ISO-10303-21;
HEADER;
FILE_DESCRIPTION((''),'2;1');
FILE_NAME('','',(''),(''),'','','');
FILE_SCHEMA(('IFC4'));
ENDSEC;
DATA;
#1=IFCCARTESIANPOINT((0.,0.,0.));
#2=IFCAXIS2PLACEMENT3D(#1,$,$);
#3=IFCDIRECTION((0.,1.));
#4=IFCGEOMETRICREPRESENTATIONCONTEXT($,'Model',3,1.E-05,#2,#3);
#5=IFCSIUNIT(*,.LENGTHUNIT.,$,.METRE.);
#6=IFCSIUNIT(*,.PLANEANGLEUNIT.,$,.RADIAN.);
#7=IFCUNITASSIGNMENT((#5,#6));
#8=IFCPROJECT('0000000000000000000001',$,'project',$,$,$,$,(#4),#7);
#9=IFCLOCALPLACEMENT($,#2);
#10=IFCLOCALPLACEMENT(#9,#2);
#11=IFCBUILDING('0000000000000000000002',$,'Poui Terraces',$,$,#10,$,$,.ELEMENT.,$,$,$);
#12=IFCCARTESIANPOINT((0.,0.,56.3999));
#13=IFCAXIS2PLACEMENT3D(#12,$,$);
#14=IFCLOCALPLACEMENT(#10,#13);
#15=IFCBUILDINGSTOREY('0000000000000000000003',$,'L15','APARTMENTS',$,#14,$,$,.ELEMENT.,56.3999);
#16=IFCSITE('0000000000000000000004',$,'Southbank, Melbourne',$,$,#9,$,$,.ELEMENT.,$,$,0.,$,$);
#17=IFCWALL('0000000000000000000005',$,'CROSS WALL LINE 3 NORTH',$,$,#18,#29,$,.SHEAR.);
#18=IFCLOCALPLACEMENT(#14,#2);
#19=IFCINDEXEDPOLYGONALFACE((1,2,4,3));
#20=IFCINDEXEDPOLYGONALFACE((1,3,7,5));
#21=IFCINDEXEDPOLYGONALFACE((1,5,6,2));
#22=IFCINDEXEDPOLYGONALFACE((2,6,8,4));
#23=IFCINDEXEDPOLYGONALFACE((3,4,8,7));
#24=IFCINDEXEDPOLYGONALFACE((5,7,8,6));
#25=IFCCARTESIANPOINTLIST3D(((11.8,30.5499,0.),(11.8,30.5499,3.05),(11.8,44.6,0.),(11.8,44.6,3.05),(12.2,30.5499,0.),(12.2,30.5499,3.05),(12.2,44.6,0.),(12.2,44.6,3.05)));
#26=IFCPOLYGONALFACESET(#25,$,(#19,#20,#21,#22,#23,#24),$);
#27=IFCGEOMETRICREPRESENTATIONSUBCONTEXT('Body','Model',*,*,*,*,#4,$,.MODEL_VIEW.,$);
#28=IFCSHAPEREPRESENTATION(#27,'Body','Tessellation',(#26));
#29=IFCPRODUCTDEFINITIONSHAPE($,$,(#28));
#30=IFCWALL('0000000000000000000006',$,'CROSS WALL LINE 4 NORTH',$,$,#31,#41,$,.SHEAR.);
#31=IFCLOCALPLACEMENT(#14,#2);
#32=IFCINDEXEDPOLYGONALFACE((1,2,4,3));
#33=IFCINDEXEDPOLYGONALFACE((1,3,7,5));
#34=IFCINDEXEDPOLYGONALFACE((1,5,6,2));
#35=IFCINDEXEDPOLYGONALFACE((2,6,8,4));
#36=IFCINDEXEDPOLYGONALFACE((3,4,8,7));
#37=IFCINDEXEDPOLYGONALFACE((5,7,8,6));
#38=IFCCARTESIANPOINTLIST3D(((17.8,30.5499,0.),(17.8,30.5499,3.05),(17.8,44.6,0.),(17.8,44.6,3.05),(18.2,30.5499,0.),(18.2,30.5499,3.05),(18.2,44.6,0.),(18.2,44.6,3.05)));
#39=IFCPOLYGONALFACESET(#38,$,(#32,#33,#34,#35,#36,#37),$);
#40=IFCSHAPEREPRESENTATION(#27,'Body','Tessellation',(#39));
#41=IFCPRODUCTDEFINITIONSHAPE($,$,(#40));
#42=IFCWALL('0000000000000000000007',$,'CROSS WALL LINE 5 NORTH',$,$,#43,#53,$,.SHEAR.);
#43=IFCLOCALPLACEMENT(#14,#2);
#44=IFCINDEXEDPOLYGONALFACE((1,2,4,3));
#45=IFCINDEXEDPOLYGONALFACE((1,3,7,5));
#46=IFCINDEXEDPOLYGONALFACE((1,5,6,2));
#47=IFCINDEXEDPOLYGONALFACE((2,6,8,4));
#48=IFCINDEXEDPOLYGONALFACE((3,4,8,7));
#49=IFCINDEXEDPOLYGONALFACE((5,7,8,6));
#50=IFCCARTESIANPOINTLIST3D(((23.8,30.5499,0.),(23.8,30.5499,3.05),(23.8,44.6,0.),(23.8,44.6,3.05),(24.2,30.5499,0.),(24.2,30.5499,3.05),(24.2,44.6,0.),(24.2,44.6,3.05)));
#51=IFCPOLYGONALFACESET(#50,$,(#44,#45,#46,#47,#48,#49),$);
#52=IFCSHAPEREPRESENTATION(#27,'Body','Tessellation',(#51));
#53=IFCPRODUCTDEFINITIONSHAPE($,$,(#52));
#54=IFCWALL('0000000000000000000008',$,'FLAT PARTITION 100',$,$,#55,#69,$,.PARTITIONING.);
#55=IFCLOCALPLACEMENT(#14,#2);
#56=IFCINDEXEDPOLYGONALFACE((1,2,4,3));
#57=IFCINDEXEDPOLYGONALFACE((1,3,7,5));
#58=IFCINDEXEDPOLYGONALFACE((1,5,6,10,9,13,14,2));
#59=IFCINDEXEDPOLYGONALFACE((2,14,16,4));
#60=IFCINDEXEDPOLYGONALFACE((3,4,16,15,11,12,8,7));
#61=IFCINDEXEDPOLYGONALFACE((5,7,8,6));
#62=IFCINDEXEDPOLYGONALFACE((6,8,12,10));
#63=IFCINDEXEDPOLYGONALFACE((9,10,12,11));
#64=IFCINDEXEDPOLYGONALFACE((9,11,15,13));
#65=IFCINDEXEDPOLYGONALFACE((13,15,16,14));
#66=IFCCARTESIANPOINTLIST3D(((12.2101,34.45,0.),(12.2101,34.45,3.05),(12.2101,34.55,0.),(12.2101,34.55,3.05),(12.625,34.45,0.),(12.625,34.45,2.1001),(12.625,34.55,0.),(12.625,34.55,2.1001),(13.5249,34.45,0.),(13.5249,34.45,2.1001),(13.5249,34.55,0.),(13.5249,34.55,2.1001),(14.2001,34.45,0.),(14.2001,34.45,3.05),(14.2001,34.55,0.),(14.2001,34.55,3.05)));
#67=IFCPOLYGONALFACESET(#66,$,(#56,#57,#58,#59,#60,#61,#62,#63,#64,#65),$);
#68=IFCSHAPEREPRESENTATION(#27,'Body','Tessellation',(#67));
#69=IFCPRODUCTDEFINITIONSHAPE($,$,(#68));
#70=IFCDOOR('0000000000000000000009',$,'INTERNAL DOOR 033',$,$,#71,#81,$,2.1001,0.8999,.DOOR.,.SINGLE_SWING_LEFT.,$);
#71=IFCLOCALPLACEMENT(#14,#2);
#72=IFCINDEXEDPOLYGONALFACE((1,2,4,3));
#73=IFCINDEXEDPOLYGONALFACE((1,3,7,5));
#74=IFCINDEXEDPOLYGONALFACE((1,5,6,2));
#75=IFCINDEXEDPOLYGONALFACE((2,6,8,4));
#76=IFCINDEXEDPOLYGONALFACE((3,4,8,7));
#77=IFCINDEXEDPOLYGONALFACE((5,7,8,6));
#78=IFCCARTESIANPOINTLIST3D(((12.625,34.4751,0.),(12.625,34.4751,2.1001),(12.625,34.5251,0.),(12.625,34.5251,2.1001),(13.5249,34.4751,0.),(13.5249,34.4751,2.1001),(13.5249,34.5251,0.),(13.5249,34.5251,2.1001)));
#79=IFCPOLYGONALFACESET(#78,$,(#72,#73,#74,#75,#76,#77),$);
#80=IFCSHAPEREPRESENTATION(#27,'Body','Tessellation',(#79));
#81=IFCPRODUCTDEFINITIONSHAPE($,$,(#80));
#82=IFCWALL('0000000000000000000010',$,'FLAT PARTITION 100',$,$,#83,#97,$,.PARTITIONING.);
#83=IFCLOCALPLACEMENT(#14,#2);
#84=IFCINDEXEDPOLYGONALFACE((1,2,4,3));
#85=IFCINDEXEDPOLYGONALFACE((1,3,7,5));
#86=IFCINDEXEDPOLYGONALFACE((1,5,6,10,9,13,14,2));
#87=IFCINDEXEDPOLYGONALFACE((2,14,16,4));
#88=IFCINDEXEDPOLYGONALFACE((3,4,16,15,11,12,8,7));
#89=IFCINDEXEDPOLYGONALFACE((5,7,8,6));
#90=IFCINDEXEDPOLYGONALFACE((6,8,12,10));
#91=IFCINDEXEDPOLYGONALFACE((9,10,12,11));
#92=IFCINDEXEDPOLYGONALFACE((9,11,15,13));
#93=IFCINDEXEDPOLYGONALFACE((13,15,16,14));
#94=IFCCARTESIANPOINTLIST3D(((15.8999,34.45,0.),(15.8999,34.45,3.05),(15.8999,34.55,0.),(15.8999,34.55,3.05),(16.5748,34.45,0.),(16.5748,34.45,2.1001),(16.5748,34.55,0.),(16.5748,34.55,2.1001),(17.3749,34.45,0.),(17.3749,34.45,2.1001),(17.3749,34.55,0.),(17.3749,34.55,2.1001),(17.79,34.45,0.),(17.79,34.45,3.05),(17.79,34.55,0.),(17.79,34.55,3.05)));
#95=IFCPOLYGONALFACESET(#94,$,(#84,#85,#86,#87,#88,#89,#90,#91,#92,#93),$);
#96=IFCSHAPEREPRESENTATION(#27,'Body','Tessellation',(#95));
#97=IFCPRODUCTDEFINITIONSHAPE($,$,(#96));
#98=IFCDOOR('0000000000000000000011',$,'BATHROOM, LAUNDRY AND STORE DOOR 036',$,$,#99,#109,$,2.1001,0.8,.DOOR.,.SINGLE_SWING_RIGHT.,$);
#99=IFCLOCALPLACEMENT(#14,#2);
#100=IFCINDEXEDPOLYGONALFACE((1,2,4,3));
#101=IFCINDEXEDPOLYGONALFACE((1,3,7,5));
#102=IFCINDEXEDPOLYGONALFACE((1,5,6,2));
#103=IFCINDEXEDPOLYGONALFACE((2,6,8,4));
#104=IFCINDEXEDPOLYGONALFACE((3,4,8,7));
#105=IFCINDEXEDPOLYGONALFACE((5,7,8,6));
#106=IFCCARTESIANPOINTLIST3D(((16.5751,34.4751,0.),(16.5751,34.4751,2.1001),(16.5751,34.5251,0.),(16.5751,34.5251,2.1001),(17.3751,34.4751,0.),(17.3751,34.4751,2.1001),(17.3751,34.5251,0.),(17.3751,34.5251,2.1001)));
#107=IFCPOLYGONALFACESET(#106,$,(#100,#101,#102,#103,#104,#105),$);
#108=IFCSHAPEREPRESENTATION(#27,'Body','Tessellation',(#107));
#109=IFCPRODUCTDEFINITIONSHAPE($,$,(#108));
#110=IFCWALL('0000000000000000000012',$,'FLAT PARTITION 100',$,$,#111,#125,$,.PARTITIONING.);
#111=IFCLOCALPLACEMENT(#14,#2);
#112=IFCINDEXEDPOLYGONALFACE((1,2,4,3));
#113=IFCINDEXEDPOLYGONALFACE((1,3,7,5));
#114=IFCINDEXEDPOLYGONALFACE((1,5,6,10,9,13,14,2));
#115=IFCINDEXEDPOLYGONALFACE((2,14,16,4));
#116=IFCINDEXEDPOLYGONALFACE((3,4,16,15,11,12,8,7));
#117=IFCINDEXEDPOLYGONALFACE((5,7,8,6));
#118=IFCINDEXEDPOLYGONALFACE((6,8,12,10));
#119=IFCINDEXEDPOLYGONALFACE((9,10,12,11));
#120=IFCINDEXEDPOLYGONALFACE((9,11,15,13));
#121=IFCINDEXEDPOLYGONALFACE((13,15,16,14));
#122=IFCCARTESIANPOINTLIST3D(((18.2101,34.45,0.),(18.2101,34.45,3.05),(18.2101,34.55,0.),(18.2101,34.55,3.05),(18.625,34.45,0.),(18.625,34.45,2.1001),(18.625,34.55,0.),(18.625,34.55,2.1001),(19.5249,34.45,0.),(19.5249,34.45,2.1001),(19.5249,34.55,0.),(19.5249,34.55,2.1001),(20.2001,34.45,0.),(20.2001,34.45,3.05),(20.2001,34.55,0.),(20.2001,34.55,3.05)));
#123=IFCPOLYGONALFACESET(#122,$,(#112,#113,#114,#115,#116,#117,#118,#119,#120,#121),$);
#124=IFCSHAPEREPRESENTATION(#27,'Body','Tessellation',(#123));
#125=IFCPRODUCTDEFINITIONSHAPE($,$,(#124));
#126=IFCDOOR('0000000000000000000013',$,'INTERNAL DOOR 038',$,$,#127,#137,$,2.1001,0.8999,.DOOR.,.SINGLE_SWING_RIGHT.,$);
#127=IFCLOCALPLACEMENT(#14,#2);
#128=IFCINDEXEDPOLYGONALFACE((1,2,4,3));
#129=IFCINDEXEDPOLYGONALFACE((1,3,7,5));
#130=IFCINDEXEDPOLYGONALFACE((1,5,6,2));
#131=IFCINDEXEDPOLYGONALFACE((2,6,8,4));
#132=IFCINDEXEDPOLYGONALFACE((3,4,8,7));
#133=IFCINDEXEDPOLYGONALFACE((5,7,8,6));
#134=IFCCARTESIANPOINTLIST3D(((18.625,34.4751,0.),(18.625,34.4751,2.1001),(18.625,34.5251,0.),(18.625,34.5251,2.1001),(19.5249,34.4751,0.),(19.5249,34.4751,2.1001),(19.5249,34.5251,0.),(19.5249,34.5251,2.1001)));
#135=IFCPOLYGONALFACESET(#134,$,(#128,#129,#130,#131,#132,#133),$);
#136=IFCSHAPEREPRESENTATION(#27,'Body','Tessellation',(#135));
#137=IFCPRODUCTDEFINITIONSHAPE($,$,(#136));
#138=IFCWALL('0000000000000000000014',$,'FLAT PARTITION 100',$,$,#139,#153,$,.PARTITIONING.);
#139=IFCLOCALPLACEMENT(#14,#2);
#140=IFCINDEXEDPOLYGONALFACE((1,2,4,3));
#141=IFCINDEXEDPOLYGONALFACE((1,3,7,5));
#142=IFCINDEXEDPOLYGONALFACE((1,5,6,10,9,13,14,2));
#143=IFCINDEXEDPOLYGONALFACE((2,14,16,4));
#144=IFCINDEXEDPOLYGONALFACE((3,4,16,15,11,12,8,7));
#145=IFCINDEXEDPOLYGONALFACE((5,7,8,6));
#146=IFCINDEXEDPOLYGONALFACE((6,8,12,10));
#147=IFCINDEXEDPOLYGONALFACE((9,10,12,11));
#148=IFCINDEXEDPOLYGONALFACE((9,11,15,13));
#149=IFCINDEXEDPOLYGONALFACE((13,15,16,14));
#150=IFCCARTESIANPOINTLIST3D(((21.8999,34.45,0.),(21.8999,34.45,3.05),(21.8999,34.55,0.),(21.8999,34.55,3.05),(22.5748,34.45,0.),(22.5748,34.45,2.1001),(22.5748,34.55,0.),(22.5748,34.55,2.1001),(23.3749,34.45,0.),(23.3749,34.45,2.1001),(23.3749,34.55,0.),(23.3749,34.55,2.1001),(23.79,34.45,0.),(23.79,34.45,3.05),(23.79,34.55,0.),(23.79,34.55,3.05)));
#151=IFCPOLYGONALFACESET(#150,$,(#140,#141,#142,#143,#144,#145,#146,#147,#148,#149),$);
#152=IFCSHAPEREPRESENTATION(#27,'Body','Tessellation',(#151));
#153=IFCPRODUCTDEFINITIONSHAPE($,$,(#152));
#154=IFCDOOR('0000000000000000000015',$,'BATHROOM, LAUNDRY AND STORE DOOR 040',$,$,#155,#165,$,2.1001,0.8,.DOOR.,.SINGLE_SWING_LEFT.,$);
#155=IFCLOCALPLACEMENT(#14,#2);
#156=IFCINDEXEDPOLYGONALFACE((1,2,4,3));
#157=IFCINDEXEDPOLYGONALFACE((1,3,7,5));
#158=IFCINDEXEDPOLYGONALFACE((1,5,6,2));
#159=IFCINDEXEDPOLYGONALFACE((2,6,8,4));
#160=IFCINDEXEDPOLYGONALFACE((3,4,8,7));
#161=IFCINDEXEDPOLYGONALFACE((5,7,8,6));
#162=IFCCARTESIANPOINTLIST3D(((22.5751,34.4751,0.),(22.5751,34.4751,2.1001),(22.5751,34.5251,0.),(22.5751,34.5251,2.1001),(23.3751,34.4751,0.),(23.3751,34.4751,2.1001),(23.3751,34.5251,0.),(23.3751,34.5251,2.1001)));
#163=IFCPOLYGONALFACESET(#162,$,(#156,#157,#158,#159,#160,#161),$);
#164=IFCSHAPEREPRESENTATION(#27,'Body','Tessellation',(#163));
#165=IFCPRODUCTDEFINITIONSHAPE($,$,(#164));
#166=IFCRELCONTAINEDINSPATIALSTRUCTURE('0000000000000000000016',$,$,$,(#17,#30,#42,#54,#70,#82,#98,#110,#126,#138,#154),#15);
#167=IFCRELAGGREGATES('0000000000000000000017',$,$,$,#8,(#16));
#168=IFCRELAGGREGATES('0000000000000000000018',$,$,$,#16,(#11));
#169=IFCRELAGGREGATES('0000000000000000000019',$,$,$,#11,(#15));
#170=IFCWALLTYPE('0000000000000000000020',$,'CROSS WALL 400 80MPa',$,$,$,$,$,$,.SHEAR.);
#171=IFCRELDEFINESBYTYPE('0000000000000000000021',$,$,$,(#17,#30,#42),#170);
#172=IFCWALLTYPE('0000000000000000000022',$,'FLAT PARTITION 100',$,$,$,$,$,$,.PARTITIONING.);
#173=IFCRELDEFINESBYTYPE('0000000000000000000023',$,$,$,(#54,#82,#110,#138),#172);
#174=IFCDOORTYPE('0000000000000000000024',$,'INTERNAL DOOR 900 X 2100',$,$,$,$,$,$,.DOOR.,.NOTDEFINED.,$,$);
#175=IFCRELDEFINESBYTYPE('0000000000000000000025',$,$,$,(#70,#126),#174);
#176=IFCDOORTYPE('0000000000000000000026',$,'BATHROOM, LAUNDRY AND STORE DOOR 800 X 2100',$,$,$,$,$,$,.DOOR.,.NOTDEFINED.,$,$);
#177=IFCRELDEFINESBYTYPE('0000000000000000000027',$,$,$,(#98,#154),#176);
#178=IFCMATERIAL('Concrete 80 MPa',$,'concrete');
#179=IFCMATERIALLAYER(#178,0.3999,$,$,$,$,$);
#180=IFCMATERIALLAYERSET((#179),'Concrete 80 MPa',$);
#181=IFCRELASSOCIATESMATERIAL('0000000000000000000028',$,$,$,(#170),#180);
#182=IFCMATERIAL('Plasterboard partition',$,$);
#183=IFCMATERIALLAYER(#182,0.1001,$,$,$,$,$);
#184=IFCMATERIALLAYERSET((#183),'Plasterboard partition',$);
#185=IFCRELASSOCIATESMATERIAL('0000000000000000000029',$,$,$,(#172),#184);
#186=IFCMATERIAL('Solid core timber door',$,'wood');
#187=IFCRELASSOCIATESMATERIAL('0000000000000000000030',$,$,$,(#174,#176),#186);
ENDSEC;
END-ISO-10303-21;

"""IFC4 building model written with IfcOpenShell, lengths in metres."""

from ifc_helpers import new_model, si_unit, direction, frame, frame_2d, origin, place, context, subcontext, project, spatial, rectangle, extrude, material, layer, layer_set, type_object, element, fill, save


model = new_model("IFC4")

# Units and contexts
model_context = context("Model", 3, precision=1e-05, world=origin(), true_north=direction((0.0, 1.0)))
body_context = subcontext(model_context, "Body", "Model", "MODEL_VIEW")
ifc_project = project(units=[si_unit("LENGTHUNIT", "METRE"), si_unit("PLANEANGLEUNIT", "RADIAN")], contexts=[model_context])

# Site, building, storey
site_placement = place(None, origin())
site = spatial("IfcSite", under=ifc_project, at=site_placement, Name="Southbank, Melbourne", CompositionType="ELEMENT", RefElevation=0.0)
building_placement = place(site_placement, origin())
building = spatial("IfcBuilding", under=site, at=building_placement, Name="Poui Terraces", CompositionType="ELEMENT")
storey_placement = place(building_placement, frame((0.0, 0.0, 56.3999)))
storey = spatial("IfcBuildingStorey", under=building, at=storey_placement, Name="L15", Description="APARTMENTS", CompositionType="ELEMENT", Elevation=56.3999)

# Walls
ifc_material_1 = material(Name="Concrete 80 MPa", Category="concrete")
ifc_layer_1 = layer(ifc_material_1, 0.3999)
ifc_layer_set_1 = layer_set([ifc_layer_1], Name="Concrete 80 MPa")
wall_type_1 = type_object("IfcWallType", Name="CROSS WALL 400 80MPa", PredefinedType="SHEAR", material=ifc_layer_set_1)
for number, where, z_axis, x_axis, name in (
    (1, (12.0, 30.55, 0.0), (0.0, 0.0, 1.0), (0.0, 1.0, 0.0), "CROSS WALL LINE 3 NORTH"),
    (2, (18.0, 30.55, 0.0), (0.0, 0.0, 1.0), (0.0, 1.0, 0.0), "CROSS WALL LINE 4 NORTH"),
    (3, (24.0, 30.55, 0.0), (0.0, 0.0, 1.0), (0.0, 1.0, 0.0), "CROSS WALL LINE 5 NORTH"),
):
    element("IfcWall", number, at=place(storey_placement, frame(where, z_axis=z_axis, x_axis=x_axis)), inside=storey, type_object=wall_type_1, Name=name, PredefinedType="SHEAR", context=body_context, shape_type="SweptSolid", body=[
        extrude(rectangle(XDim=14.05, YDim=0.3999, at=frame_2d((7.0249, 0.0))), origin(), (0.0, 0.0, 1.0), 3.05),
    ])

# Walls, openings, doors
ifc_material_2 = material(Name="Plasterboard partition")
ifc_layer_2 = layer(ifc_material_2, 0.1001)
ifc_layer_set_2 = layer_set([ifc_layer_2], Name="Plasterboard partition")
wall_type_2 = type_object("IfcWallType", Name="FLAT PARTITION 100", PredefinedType="PARTITIONING", material=ifc_layer_set_2)
wall_1_placement = place(storey_placement, frame((12.21, 34.5, 0.0), z_axis=(0.0, 0.0, 1.0), x_axis=(1.0, 0.0, 0.0)))
wall_1 = element("IfcWall", 4, at=wall_1_placement, inside=storey, type_object=wall_type_2, Name="FLAT PARTITION 100", PredefinedType="PARTITIONING", context=body_context, shape_type="SweptSolid", body=[
    extrude(rectangle(XDim=1.99, YDim=0.1001, at=frame_2d((0.9951, 0.0))), origin(), (0.0, 0.0, 1.0), 3.05),
])
opening_1_placement = place(wall_1_placement, frame((0.415, 0.0, 0.0)))
opening_1 = element("IfcOpeningElement", 5, at=opening_1_placement, cuts=wall_1, PredefinedType="OPENING", context=body_context, shape_type="SweptSolid", body=[
    extrude(rectangle(XDim=0.8999, YDim=2.1001, at=frame_2d((0.45, 1.05))), frame((0.0, 0.0601, 0.0), z_axis=(0.0, -1.0, 0.0), x_axis=(1.0, 0.0, 0.0)), (0.0, 0.0, 1.0), 0.1201),
])
ifc_material_3 = material(Name="Solid core timber door", Category="wood")
door_type_1 = type_object("IfcDoorType", Name="INTERNAL DOOR 900 X 2100", OperationType="NOTDEFINED", PredefinedType="DOOR", material=ifc_material_3)
door_1_placement = place(opening_1_placement, frame((0.8999, 0.0, 0.0), z_axis=(0.0, 0.0, 1.0), x_axis=(-1.0, 0.0, 0.0)))
door_1 = element("IfcDoor", 6, at=door_1_placement, inside=storey, type_object=door_type_1, Name="INTERNAL DOOR 033", OperationType="SINGLE_SWING_LEFT", OverallHeight=2.1001, OverallWidth=0.8999, PredefinedType="DOOR", context=body_context, shape_type="SweptSolid", body=[
    extrude(rectangle(XDim=0.8999, YDim=2.1001, at=frame_2d((0.45, 1.05))), frame((0.0, 0.0249, 0.0), z_axis=(0.0, -1.0, 0.0), x_axis=(1.0, 0.0, 0.0)), (0.0, 0.0, 1.0), 0.05),
])
fill(opening_1, door_1)
wall_2_placement = place(storey_placement, frame((15.8999, 34.5, 0.0), z_axis=(0.0, 0.0, 1.0), x_axis=(1.0, 0.0, 0.0)))
wall_2 = element("IfcWall", 7, at=wall_2_placement, inside=storey, type_object=wall_type_2, Name="FLAT PARTITION 100", PredefinedType="PARTITIONING", context=body_context, shape_type="SweptSolid", body=[
    extrude(rectangle(XDim=1.8901, YDim=0.1001, at=frame_2d((0.9451, 0.0))), origin(), (0.0, 0.0, 1.0), 3.05),
])
opening_2_placement = place(wall_2_placement, frame((0.675, 0.0, 0.0)))
opening_2 = element("IfcOpeningElement", 8, at=opening_2_placement, cuts=wall_2, PredefinedType="OPENING", context=body_context, shape_type="SweptSolid", body=[
    extrude(rectangle(XDim=0.8, YDim=2.1001, at=frame_2d((0.3999, 1.05))), frame((0.0, 0.0601, 0.0), z_axis=(0.0, -1.0, 0.0), x_axis=(1.0, 0.0, 0.0)), (0.0, 0.0, 1.0), 0.1201),
])
door_type_2 = type_object("IfcDoorType", Name="BATHROOM, LAUNDRY AND STORE DOOR 800 X 2100", OperationType="NOTDEFINED", PredefinedType="DOOR", material=ifc_material_3)
door_2_placement = place(opening_2_placement, frame((0.8, 0.0, 0.0), z_axis=(0.0, 0.0, 1.0), x_axis=(-1.0, 0.0, 0.0)))
door_2 = element("IfcDoor", 9, at=door_2_placement, inside=storey, type_object=door_type_2, Name="BATHROOM, LAUNDRY AND STORE DOOR 036", OperationType="SINGLE_SWING_RIGHT", OverallHeight=2.1001, OverallWidth=0.8, PredefinedType="DOOR", context=body_context, shape_type="SweptSolid", body=[
    extrude(rectangle(XDim=0.8, YDim=2.1001, at=frame_2d((0.3999, 1.05))), frame((0.0, 0.0249, 0.0), z_axis=(0.0, -1.0, 0.0), x_axis=(1.0, 0.0, 0.0)), (0.0, 0.0, 1.0), 0.05),
])
fill(opening_2, door_2)
wall_3_placement = place(storey_placement, frame((18.21, 34.5, 0.0), z_axis=(0.0, 0.0, 1.0), x_axis=(1.0, 0.0, 0.0)))
wall_3 = element("IfcWall", 10, at=wall_3_placement, inside=storey, type_object=wall_type_2, Name="FLAT PARTITION 100", PredefinedType="PARTITIONING", context=body_context, shape_type="SweptSolid", body=[
    extrude(rectangle(XDim=1.99, YDim=0.1001, at=frame_2d((0.9951, 0.0))), origin(), (0.0, 0.0, 1.0), 3.05),
])
opening_3_placement = place(wall_3_placement, frame((0.415, 0.0, 0.0)))
opening_3 = element("IfcOpeningElement", 11, at=opening_3_placement, cuts=wall_3, PredefinedType="OPENING", context=body_context, shape_type="SweptSolid", body=[
    extrude(rectangle(XDim=0.8999, YDim=2.1001, at=frame_2d((0.45, 1.05))), frame((0.0, 0.0601, 0.0), z_axis=(0.0, -1.0, 0.0), x_axis=(1.0, 0.0, 0.0)), (0.0, 0.0, 1.0), 0.1201),
])
door_3_placement = place(opening_3_placement, frame((0.8999, 0.0, 0.0), z_axis=(0.0, 0.0, 1.0), x_axis=(-1.0, 0.0, 0.0)))
door_3 = element("IfcDoor", 12, at=door_3_placement, inside=storey, type_object=door_type_1, Name="INTERNAL DOOR 038", OperationType="SINGLE_SWING_RIGHT", OverallHeight=2.1001, OverallWidth=0.8999, PredefinedType="DOOR", context=body_context, shape_type="SweptSolid", body=[
    extrude(rectangle(XDim=0.8999, YDim=2.1001, at=frame_2d((0.45, 1.05))), frame((0.0, 0.0249, 0.0), z_axis=(0.0, -1.0, 0.0), x_axis=(1.0, 0.0, 0.0)), (0.0, 0.0, 1.0), 0.05),
])
fill(opening_3, door_3)
wall_4_placement = place(storey_placement, frame((21.8999, 34.5, 0.0), z_axis=(0.0, 0.0, 1.0), x_axis=(1.0, 0.0, 0.0)))
wall_4 = element("IfcWall", 13, at=wall_4_placement, inside=storey, type_object=wall_type_2, Name="FLAT PARTITION 100", PredefinedType="PARTITIONING", context=body_context, shape_type="SweptSolid", body=[
    extrude(rectangle(XDim=1.8901, YDim=0.1001, at=frame_2d((0.9451, 0.0))), origin(), (0.0, 0.0, 1.0), 3.05),
])
opening_4_placement = place(wall_4_placement, frame((0.675, 0.0, 0.0)))
opening_4 = element("IfcOpeningElement", 14, at=opening_4_placement, cuts=wall_4, PredefinedType="OPENING", context=body_context, shape_type="SweptSolid", body=[
    extrude(rectangle(XDim=0.8, YDim=2.1001, at=frame_2d((0.3999, 1.05))), frame((0.0, 0.0601, 0.0), z_axis=(0.0, -1.0, 0.0), x_axis=(1.0, 0.0, 0.0)), (0.0, 0.0, 1.0), 0.1201),
])
door_4_placement = place(opening_4_placement, frame((0.8, 0.0, 0.0), z_axis=(0.0, 0.0, 1.0), x_axis=(-1.0, 0.0, 0.0)))
door_4 = element("IfcDoor", 15, at=door_4_placement, inside=storey, type_object=door_type_2, Name="BATHROOM, LAUNDRY AND STORE DOOR 040", OperationType="SINGLE_SWING_LEFT", OverallHeight=2.1001, OverallWidth=0.8, PredefinedType="DOOR", context=body_context, shape_type="SweptSolid", body=[
    extrude(rectangle(XDim=0.8, YDim=2.1001, at=frame_2d((0.3999, 1.05))), frame((0.0, 0.0249, 0.0), z_axis=(0.0, -1.0, 0.0), x_axis=(1.0, 0.0, 0.0)), (0.0, 0.0, 1.0), 0.05),
])
fill(opening_4, door_4)

save(model, "model.ifc")
